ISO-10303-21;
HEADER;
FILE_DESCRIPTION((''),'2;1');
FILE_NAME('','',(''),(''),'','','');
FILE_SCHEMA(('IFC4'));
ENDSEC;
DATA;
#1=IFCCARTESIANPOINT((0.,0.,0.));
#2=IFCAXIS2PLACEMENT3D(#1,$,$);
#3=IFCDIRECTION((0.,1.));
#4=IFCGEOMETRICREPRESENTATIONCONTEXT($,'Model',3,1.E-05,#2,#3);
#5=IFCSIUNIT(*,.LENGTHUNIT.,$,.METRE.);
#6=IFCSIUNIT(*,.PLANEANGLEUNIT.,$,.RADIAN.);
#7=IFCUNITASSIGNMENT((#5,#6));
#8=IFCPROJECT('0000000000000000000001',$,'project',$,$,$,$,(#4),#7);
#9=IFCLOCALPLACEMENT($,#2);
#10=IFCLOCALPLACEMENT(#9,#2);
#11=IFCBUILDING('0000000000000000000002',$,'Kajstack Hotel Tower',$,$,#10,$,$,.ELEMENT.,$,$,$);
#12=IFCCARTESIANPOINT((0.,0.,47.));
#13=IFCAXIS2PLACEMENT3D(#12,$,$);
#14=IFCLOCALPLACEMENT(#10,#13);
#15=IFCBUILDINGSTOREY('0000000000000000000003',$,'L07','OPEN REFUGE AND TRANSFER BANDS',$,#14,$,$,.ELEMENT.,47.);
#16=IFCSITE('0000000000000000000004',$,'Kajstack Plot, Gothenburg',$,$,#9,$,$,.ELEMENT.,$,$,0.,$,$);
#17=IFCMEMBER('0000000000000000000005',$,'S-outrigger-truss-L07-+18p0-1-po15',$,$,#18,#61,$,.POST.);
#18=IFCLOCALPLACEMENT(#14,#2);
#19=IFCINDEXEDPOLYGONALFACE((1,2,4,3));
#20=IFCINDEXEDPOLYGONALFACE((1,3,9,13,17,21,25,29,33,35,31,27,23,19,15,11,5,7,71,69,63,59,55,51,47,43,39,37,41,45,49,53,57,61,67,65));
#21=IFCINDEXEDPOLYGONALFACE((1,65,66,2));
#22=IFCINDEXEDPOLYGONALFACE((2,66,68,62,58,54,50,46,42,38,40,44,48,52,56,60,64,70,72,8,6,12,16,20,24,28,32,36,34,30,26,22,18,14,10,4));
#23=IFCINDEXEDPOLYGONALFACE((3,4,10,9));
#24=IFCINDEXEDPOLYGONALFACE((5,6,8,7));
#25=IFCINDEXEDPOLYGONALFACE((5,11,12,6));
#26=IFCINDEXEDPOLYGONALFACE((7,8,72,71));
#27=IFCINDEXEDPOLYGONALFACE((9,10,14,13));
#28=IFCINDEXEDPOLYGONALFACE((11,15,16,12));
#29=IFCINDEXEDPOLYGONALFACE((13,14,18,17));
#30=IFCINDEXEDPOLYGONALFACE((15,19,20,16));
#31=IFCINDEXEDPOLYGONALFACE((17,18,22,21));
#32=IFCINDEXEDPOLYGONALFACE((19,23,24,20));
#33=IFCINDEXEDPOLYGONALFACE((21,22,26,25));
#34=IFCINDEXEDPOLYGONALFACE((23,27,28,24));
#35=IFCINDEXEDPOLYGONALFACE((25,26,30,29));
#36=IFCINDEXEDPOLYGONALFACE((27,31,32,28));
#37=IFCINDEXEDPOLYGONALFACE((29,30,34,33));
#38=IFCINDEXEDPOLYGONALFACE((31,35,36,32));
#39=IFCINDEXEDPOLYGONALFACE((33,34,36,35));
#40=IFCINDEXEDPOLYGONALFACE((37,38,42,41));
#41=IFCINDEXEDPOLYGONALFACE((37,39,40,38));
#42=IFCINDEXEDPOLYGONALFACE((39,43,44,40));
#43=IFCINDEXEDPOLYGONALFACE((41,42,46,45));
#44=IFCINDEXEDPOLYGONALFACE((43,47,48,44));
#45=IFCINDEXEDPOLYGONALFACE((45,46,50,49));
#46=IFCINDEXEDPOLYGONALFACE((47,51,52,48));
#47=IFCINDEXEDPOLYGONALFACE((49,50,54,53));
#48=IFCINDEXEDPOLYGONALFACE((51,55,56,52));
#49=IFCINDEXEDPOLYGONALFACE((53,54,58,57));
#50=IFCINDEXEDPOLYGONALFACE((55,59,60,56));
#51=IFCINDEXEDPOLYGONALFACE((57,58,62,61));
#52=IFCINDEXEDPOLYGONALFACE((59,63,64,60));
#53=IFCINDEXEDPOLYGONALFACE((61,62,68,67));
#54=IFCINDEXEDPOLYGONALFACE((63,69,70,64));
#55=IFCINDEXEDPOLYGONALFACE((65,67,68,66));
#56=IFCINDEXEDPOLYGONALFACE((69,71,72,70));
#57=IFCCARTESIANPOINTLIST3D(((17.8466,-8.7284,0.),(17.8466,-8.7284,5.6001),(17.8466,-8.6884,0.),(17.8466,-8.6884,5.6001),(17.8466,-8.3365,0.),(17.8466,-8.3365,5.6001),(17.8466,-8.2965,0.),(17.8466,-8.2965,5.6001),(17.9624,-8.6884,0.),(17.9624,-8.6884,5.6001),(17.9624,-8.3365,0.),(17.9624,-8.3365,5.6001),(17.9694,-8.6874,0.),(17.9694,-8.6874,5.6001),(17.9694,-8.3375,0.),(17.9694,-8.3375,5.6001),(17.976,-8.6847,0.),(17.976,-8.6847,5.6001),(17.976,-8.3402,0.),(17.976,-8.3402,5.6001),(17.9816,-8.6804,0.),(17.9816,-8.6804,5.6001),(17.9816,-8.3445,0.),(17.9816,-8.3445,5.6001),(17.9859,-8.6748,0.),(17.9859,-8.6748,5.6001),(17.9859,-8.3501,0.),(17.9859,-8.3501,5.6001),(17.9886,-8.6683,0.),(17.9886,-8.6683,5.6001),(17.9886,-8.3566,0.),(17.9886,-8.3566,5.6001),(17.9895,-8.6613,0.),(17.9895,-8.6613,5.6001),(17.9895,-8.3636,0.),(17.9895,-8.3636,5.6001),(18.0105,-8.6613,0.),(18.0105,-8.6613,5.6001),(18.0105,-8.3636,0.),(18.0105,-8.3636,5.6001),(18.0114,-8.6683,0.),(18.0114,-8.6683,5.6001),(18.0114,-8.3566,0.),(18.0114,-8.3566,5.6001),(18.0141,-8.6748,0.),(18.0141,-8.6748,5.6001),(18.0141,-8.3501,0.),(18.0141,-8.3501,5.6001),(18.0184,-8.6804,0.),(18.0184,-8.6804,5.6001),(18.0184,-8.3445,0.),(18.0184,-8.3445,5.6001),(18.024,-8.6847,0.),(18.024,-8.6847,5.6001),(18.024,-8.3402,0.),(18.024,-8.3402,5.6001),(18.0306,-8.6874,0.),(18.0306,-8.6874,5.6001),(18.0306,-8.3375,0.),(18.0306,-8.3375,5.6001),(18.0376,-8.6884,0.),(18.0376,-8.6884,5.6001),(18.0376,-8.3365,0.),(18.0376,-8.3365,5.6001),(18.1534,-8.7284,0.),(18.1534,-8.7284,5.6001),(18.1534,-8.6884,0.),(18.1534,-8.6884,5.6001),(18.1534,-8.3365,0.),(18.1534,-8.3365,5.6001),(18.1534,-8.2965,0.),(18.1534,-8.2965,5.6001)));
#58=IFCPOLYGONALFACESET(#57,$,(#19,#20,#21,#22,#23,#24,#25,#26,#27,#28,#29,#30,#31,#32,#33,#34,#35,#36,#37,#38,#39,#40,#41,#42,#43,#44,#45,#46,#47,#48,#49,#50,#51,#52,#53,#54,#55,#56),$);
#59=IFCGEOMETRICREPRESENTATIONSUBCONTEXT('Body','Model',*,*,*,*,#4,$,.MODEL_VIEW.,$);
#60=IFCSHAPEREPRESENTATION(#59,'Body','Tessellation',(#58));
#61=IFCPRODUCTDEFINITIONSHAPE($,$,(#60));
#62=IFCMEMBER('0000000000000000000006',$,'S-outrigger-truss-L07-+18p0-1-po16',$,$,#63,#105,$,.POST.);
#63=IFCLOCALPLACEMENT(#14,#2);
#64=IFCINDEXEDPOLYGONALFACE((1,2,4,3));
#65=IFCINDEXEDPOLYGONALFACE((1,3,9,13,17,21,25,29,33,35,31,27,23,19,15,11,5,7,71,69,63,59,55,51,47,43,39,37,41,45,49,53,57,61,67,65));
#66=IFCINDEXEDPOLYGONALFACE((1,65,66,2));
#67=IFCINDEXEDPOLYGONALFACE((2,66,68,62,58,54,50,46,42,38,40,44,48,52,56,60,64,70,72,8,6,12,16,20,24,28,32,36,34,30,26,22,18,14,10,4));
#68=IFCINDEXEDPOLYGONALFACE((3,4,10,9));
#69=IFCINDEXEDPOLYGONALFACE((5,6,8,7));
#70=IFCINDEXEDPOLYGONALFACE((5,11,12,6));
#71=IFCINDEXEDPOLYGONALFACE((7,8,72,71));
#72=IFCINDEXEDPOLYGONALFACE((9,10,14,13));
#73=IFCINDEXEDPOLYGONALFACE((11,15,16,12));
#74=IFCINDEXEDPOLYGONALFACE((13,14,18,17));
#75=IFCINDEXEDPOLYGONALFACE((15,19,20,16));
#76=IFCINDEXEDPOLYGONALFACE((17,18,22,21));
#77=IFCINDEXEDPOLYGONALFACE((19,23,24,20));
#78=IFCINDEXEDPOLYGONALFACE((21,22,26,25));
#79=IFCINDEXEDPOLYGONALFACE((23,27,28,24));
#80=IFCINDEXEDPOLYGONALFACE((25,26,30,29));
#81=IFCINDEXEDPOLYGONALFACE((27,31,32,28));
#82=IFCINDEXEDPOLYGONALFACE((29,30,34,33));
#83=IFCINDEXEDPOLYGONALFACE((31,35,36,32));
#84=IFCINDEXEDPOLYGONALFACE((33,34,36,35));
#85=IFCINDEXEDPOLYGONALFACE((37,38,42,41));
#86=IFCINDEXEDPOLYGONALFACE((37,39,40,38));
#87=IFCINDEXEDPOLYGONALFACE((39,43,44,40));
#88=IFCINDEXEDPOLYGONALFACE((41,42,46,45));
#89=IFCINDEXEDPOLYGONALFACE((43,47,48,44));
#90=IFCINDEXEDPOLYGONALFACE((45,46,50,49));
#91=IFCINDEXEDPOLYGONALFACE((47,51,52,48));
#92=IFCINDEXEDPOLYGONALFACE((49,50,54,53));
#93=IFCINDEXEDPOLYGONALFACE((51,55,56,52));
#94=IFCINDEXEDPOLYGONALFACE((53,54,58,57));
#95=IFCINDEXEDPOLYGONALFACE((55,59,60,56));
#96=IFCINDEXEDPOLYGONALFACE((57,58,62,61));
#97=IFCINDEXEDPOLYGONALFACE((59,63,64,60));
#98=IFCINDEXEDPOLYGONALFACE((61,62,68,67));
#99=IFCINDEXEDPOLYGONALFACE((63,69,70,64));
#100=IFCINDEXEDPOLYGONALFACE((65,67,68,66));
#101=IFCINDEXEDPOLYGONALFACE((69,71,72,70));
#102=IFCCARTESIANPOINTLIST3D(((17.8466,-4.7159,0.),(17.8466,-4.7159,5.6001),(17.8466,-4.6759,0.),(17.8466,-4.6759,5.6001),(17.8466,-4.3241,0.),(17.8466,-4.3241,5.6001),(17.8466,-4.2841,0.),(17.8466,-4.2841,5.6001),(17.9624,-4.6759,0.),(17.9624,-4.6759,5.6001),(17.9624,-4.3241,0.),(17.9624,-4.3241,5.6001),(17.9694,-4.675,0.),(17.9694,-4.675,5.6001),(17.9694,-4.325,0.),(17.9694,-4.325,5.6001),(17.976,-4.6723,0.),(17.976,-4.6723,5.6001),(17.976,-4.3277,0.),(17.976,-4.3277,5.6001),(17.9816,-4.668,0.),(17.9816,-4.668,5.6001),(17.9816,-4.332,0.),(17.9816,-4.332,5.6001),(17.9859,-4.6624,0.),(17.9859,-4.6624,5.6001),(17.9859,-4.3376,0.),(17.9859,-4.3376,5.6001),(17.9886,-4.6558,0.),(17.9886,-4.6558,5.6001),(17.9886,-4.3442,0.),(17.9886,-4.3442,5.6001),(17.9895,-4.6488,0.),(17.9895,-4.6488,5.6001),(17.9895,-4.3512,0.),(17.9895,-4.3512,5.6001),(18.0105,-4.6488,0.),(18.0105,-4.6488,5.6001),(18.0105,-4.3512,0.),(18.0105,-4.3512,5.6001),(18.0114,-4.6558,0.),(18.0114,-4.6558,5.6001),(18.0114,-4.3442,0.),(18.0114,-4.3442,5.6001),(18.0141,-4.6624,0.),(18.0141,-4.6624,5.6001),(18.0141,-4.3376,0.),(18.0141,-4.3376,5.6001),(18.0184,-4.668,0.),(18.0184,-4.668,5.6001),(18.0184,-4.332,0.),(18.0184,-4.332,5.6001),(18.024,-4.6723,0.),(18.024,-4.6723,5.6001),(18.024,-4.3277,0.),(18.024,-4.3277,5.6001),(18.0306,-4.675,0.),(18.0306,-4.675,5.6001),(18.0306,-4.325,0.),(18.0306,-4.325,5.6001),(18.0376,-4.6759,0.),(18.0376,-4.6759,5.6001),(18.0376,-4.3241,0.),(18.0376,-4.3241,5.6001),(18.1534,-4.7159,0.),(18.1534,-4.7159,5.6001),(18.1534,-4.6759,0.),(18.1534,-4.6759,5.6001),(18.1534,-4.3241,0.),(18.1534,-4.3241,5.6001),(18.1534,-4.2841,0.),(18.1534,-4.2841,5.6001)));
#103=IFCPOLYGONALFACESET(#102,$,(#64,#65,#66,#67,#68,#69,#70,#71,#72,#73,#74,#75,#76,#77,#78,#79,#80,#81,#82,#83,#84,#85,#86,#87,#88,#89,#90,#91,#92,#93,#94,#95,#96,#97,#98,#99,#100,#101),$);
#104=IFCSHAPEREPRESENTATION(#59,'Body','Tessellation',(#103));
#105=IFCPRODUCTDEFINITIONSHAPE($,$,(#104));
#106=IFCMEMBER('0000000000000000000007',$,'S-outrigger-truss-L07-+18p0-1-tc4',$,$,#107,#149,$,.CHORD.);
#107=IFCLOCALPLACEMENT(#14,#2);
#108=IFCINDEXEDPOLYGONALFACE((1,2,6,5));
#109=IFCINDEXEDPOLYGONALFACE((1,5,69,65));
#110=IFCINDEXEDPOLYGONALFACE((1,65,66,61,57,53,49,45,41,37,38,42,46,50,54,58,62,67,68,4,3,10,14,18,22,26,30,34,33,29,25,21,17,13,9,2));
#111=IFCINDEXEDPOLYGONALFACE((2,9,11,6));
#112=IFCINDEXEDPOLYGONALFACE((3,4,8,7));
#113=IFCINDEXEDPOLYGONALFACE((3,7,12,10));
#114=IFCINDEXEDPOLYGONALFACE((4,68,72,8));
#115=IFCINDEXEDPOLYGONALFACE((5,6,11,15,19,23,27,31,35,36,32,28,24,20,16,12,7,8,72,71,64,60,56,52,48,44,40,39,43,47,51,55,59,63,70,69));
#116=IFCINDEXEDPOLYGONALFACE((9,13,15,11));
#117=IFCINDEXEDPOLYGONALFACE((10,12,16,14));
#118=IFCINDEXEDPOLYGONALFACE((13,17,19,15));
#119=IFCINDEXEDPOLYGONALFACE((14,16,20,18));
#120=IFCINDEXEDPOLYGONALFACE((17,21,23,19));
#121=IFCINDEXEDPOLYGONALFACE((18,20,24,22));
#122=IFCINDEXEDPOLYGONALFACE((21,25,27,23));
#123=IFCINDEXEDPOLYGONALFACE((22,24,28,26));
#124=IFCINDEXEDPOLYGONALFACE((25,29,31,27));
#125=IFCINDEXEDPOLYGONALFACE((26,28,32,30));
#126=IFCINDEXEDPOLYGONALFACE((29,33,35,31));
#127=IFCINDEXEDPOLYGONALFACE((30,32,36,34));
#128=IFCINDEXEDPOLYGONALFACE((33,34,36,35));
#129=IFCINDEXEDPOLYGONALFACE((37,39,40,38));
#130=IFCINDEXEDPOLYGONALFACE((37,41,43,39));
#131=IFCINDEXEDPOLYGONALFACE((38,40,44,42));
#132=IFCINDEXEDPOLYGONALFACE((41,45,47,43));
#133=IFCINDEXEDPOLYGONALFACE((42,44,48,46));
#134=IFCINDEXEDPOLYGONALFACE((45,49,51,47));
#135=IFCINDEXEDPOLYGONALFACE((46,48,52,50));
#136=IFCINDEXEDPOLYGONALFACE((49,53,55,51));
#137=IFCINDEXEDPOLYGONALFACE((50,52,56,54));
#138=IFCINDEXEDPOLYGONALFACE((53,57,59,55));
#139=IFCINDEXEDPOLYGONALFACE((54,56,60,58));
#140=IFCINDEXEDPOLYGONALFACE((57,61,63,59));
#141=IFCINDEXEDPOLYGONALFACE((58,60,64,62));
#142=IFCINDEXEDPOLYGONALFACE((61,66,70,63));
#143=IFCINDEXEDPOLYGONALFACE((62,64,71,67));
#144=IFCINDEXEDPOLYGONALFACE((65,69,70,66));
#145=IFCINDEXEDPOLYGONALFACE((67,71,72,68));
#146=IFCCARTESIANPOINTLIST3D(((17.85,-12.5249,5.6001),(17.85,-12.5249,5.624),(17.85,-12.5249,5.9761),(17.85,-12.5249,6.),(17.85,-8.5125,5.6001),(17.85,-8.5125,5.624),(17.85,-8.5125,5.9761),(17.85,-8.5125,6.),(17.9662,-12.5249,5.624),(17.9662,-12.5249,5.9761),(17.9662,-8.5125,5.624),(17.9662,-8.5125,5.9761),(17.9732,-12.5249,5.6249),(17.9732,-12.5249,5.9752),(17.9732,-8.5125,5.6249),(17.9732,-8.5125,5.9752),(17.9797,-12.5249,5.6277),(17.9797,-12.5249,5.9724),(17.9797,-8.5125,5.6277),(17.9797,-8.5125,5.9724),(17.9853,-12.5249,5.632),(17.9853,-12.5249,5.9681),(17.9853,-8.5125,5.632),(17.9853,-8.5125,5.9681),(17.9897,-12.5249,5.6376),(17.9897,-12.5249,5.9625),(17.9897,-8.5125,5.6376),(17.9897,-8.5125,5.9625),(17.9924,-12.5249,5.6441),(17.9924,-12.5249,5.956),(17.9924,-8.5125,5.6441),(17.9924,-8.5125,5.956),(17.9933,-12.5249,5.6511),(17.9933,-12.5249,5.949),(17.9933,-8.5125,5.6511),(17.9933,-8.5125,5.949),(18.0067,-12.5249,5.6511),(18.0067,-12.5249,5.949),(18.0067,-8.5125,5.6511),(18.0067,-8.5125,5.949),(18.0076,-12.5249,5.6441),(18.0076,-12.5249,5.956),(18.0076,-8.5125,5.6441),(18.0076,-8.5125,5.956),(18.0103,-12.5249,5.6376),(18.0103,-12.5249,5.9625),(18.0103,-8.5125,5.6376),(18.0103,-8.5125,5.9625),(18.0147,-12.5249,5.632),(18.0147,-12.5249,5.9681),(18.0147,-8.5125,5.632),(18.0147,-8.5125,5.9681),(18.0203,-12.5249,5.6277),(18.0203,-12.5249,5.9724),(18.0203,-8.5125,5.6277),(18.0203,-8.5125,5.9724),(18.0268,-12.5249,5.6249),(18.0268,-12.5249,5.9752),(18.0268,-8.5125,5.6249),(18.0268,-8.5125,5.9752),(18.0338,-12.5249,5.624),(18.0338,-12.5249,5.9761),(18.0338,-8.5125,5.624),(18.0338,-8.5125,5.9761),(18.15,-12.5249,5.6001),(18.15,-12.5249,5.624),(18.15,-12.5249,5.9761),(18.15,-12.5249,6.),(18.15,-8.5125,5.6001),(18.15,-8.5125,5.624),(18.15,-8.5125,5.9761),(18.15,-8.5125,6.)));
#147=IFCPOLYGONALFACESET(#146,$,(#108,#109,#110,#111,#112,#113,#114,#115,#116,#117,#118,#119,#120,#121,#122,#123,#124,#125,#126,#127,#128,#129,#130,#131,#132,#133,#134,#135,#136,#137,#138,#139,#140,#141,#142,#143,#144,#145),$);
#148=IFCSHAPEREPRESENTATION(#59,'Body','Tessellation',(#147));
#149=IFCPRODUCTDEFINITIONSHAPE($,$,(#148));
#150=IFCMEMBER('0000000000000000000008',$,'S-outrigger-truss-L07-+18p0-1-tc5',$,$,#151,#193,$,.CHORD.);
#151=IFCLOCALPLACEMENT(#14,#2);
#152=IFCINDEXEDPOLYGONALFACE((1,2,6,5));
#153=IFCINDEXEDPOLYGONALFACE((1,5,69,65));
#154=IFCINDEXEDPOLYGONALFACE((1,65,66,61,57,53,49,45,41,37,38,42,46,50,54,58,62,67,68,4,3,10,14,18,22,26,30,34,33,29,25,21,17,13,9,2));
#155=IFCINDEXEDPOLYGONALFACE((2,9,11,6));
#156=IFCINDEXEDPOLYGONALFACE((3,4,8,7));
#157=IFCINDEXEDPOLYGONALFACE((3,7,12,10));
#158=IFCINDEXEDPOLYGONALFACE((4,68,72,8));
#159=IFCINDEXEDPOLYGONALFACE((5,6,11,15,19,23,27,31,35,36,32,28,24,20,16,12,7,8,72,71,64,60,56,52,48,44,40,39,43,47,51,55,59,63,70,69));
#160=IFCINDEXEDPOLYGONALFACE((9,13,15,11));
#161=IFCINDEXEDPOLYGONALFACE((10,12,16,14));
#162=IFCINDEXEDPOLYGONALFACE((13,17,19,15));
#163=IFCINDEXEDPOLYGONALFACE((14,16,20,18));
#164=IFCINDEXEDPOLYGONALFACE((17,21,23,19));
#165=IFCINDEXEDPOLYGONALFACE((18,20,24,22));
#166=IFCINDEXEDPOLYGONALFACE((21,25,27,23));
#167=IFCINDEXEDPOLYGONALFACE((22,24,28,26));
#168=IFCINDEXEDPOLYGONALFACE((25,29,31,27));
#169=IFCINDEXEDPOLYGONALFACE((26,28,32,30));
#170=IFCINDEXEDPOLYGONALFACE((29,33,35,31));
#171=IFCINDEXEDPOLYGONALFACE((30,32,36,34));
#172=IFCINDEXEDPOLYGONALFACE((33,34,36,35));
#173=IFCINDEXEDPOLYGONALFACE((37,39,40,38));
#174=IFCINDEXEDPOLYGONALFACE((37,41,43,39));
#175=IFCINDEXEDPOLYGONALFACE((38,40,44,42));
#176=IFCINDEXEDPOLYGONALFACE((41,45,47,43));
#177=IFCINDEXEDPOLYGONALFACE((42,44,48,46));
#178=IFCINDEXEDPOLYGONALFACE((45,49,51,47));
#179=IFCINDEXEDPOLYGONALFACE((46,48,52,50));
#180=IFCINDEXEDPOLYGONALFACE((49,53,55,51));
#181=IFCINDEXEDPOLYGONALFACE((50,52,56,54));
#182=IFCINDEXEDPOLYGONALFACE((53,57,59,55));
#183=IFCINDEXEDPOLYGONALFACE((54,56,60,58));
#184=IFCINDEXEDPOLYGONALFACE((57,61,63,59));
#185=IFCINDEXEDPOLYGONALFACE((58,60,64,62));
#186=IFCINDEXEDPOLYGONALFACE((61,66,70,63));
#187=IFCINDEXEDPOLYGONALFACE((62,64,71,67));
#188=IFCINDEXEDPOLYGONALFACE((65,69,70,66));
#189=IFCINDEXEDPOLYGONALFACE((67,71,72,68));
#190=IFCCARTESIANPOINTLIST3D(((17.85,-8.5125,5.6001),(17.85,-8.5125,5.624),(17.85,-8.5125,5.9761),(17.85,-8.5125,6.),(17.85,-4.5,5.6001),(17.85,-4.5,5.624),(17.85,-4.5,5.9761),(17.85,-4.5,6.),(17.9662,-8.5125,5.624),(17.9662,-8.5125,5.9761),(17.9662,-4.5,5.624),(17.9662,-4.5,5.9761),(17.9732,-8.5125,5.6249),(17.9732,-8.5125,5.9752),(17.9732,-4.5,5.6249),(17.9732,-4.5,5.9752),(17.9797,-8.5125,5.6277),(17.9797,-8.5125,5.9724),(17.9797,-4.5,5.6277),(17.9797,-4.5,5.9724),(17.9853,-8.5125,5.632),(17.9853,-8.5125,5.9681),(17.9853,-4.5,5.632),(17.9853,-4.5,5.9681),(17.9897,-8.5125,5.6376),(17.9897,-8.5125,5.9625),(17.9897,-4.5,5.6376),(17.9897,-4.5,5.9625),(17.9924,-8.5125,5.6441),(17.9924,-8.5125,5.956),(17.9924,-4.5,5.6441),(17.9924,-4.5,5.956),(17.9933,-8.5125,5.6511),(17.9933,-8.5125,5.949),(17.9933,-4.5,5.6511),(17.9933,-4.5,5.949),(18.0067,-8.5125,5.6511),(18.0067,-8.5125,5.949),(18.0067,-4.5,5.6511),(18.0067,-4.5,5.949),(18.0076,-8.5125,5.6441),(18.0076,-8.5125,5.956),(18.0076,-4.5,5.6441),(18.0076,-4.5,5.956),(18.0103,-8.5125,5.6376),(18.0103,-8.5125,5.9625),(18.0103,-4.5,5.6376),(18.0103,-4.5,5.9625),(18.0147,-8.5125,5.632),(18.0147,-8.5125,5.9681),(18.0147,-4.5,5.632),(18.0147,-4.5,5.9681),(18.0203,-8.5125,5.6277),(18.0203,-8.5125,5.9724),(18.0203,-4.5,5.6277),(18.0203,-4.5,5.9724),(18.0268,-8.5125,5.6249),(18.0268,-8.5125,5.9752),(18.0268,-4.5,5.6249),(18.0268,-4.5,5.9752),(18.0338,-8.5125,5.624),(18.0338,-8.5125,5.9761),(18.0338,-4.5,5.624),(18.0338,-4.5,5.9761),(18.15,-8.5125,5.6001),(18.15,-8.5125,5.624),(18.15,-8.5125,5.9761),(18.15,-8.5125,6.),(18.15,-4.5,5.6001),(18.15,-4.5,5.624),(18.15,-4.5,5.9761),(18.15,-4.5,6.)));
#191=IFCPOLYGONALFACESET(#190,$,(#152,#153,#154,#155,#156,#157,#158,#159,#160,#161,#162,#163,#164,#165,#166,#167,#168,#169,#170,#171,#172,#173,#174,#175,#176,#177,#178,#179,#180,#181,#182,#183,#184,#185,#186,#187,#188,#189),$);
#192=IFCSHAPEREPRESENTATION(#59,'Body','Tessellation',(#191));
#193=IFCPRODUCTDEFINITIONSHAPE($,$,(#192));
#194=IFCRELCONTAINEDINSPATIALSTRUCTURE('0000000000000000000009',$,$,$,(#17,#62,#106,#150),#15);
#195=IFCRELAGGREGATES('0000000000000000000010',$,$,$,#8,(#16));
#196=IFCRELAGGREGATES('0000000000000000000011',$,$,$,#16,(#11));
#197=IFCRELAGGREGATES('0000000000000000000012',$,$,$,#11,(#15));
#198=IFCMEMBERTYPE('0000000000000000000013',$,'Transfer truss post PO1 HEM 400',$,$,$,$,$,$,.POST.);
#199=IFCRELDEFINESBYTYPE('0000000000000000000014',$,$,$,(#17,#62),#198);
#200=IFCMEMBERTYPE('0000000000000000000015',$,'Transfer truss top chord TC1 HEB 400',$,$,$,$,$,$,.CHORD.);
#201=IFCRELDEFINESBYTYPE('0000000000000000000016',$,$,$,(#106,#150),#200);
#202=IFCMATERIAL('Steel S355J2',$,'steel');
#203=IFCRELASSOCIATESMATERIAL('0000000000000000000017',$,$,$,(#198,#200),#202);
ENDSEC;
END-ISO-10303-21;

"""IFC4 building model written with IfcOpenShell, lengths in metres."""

from ifc_helpers import new_model, si_unit, direction, frame, origin, origin_2d, place, context, subcontext, project, spatial, i_section, extrude, material, material_profile, profile_set, type_object, element, save


model = new_model("IFC4")

# Units and contexts
model_context = context("Model", 3, precision=1e-05, world=origin(), true_north=direction((0.0, 1.0)))
body_context = subcontext(model_context, "Body", "Model", "MODEL_VIEW")
ifc_project = project(units=[si_unit("LENGTHUNIT", "METRE"), si_unit("PLANEANGLEUNIT", "RADIAN")], contexts=[model_context])

# Site, building, storey
site_placement = place(None, origin())
site = spatial("IfcSite", under=ifc_project, at=site_placement, Name="Kajstack Plot, Gothenburg", CompositionType="ELEMENT", RefElevation=0.0)
building_placement = place(site_placement, origin())
building = spatial("IfcBuilding", under=site, at=building_placement, Name="Kajstack Hotel Tower", CompositionType="ELEMENT")
storey_placement = place(building_placement, frame((0.0, 0.0, 47.0)))
storey = spatial("IfcBuildingStorey", under=building, at=storey_placement, Name="L07", Description="OPEN REFUGE AND TRANSFER BANDS", CompositionType="ELEMENT", Elevation=47.0)

# Members
ifc_material = material(Name="Steel S355J2", Category="steel")
ifc_material_profile_1 = material_profile(ifc_material, i_section(OverallWidth=0.3069, OverallDepth=0.4319, WebThickness=0.021, FlangeThickness=0.04, FilletRadius=0.0271, at=origin_2d()), Name="HEM 400")
ifc_profile_set_1 = profile_set([ifc_material_profile_1], Name="Steel S355J2")
member_type_1 = type_object("IfcMemberType", Name="Transfer truss post PO1 HEM 400", PredefinedType="POST", material=ifc_profile_set_1)
for number, where, z_axis, x_axis, name in (
    (1, (18.0, -8.5125, 0.0), (0.0, 0.0, 1.0), (1.0, 0.0, 0.0), "S-outrigger-truss-L07-+18p0-1-po15"),
    (2, (18.0, -4.5, 0.0), (0.0, 0.0, 1.0), (1.0, 0.0, 0.0), "S-outrigger-truss-L07-+18p0-1-po16"),
):
    element("IfcMember", number, at=place(storey_placement, frame(where, z_axis=z_axis, x_axis=x_axis)), inside=storey, type_object=member_type_1, Name=name, PredefinedType="POST", context=body_context, shape_type="SweptSolid", body=[
        extrude(i_section(OverallWidth=0.3069, OverallDepth=0.4319, WebThickness=0.021, FlangeThickness=0.04, FilletRadius=0.0271, at=origin_2d()), origin(), (0.0, 0.0, 1.0), 5.6001),
    ])
ifc_material_profile_2 = material_profile(ifc_material, i_section(OverallWidth=0.3, OverallDepth=0.3999, WebThickness=0.0134, FlangeThickness=0.0239, FilletRadius=0.0271, at=origin_2d()), Name="HEB 400")
ifc_profile_set_2 = profile_set([ifc_material_profile_2], Name="Steel S355J2")
member_type_2 = type_object("IfcMemberType", Name="Transfer truss top chord TC1 HEB 400", PredefinedType="CHORD", material=ifc_profile_set_2)
for number, where, z_axis, x_axis, name in (
    (3, (18.0, -12.5249, 5.8), (0.0, 1.0, 0.0), (-1.0, 0.0, 0.0), "S-outrigger-truss-L07-+18p0-1-tc4"),
    (4, (18.0, -8.5125, 5.8), (0.0, 1.0, 0.0), (-1.0, 0.0, 0.0), "S-outrigger-truss-L07-+18p0-1-tc5"),
):
    element("IfcMember", number, at=place(storey_placement, frame(where, z_axis=z_axis, x_axis=x_axis)), inside=storey, type_object=member_type_2, Name=name, PredefinedType="CHORD", context=body_context, shape_type="SweptSolid", body=[
        extrude(i_section(OverallWidth=0.3, OverallDepth=0.3999, WebThickness=0.0134, FlangeThickness=0.0239, FilletRadius=0.0271, at=origin_2d()), origin(), (0.0, 0.0, 1.0), 4.0125),
    ])

save(model, "model.ifc")
